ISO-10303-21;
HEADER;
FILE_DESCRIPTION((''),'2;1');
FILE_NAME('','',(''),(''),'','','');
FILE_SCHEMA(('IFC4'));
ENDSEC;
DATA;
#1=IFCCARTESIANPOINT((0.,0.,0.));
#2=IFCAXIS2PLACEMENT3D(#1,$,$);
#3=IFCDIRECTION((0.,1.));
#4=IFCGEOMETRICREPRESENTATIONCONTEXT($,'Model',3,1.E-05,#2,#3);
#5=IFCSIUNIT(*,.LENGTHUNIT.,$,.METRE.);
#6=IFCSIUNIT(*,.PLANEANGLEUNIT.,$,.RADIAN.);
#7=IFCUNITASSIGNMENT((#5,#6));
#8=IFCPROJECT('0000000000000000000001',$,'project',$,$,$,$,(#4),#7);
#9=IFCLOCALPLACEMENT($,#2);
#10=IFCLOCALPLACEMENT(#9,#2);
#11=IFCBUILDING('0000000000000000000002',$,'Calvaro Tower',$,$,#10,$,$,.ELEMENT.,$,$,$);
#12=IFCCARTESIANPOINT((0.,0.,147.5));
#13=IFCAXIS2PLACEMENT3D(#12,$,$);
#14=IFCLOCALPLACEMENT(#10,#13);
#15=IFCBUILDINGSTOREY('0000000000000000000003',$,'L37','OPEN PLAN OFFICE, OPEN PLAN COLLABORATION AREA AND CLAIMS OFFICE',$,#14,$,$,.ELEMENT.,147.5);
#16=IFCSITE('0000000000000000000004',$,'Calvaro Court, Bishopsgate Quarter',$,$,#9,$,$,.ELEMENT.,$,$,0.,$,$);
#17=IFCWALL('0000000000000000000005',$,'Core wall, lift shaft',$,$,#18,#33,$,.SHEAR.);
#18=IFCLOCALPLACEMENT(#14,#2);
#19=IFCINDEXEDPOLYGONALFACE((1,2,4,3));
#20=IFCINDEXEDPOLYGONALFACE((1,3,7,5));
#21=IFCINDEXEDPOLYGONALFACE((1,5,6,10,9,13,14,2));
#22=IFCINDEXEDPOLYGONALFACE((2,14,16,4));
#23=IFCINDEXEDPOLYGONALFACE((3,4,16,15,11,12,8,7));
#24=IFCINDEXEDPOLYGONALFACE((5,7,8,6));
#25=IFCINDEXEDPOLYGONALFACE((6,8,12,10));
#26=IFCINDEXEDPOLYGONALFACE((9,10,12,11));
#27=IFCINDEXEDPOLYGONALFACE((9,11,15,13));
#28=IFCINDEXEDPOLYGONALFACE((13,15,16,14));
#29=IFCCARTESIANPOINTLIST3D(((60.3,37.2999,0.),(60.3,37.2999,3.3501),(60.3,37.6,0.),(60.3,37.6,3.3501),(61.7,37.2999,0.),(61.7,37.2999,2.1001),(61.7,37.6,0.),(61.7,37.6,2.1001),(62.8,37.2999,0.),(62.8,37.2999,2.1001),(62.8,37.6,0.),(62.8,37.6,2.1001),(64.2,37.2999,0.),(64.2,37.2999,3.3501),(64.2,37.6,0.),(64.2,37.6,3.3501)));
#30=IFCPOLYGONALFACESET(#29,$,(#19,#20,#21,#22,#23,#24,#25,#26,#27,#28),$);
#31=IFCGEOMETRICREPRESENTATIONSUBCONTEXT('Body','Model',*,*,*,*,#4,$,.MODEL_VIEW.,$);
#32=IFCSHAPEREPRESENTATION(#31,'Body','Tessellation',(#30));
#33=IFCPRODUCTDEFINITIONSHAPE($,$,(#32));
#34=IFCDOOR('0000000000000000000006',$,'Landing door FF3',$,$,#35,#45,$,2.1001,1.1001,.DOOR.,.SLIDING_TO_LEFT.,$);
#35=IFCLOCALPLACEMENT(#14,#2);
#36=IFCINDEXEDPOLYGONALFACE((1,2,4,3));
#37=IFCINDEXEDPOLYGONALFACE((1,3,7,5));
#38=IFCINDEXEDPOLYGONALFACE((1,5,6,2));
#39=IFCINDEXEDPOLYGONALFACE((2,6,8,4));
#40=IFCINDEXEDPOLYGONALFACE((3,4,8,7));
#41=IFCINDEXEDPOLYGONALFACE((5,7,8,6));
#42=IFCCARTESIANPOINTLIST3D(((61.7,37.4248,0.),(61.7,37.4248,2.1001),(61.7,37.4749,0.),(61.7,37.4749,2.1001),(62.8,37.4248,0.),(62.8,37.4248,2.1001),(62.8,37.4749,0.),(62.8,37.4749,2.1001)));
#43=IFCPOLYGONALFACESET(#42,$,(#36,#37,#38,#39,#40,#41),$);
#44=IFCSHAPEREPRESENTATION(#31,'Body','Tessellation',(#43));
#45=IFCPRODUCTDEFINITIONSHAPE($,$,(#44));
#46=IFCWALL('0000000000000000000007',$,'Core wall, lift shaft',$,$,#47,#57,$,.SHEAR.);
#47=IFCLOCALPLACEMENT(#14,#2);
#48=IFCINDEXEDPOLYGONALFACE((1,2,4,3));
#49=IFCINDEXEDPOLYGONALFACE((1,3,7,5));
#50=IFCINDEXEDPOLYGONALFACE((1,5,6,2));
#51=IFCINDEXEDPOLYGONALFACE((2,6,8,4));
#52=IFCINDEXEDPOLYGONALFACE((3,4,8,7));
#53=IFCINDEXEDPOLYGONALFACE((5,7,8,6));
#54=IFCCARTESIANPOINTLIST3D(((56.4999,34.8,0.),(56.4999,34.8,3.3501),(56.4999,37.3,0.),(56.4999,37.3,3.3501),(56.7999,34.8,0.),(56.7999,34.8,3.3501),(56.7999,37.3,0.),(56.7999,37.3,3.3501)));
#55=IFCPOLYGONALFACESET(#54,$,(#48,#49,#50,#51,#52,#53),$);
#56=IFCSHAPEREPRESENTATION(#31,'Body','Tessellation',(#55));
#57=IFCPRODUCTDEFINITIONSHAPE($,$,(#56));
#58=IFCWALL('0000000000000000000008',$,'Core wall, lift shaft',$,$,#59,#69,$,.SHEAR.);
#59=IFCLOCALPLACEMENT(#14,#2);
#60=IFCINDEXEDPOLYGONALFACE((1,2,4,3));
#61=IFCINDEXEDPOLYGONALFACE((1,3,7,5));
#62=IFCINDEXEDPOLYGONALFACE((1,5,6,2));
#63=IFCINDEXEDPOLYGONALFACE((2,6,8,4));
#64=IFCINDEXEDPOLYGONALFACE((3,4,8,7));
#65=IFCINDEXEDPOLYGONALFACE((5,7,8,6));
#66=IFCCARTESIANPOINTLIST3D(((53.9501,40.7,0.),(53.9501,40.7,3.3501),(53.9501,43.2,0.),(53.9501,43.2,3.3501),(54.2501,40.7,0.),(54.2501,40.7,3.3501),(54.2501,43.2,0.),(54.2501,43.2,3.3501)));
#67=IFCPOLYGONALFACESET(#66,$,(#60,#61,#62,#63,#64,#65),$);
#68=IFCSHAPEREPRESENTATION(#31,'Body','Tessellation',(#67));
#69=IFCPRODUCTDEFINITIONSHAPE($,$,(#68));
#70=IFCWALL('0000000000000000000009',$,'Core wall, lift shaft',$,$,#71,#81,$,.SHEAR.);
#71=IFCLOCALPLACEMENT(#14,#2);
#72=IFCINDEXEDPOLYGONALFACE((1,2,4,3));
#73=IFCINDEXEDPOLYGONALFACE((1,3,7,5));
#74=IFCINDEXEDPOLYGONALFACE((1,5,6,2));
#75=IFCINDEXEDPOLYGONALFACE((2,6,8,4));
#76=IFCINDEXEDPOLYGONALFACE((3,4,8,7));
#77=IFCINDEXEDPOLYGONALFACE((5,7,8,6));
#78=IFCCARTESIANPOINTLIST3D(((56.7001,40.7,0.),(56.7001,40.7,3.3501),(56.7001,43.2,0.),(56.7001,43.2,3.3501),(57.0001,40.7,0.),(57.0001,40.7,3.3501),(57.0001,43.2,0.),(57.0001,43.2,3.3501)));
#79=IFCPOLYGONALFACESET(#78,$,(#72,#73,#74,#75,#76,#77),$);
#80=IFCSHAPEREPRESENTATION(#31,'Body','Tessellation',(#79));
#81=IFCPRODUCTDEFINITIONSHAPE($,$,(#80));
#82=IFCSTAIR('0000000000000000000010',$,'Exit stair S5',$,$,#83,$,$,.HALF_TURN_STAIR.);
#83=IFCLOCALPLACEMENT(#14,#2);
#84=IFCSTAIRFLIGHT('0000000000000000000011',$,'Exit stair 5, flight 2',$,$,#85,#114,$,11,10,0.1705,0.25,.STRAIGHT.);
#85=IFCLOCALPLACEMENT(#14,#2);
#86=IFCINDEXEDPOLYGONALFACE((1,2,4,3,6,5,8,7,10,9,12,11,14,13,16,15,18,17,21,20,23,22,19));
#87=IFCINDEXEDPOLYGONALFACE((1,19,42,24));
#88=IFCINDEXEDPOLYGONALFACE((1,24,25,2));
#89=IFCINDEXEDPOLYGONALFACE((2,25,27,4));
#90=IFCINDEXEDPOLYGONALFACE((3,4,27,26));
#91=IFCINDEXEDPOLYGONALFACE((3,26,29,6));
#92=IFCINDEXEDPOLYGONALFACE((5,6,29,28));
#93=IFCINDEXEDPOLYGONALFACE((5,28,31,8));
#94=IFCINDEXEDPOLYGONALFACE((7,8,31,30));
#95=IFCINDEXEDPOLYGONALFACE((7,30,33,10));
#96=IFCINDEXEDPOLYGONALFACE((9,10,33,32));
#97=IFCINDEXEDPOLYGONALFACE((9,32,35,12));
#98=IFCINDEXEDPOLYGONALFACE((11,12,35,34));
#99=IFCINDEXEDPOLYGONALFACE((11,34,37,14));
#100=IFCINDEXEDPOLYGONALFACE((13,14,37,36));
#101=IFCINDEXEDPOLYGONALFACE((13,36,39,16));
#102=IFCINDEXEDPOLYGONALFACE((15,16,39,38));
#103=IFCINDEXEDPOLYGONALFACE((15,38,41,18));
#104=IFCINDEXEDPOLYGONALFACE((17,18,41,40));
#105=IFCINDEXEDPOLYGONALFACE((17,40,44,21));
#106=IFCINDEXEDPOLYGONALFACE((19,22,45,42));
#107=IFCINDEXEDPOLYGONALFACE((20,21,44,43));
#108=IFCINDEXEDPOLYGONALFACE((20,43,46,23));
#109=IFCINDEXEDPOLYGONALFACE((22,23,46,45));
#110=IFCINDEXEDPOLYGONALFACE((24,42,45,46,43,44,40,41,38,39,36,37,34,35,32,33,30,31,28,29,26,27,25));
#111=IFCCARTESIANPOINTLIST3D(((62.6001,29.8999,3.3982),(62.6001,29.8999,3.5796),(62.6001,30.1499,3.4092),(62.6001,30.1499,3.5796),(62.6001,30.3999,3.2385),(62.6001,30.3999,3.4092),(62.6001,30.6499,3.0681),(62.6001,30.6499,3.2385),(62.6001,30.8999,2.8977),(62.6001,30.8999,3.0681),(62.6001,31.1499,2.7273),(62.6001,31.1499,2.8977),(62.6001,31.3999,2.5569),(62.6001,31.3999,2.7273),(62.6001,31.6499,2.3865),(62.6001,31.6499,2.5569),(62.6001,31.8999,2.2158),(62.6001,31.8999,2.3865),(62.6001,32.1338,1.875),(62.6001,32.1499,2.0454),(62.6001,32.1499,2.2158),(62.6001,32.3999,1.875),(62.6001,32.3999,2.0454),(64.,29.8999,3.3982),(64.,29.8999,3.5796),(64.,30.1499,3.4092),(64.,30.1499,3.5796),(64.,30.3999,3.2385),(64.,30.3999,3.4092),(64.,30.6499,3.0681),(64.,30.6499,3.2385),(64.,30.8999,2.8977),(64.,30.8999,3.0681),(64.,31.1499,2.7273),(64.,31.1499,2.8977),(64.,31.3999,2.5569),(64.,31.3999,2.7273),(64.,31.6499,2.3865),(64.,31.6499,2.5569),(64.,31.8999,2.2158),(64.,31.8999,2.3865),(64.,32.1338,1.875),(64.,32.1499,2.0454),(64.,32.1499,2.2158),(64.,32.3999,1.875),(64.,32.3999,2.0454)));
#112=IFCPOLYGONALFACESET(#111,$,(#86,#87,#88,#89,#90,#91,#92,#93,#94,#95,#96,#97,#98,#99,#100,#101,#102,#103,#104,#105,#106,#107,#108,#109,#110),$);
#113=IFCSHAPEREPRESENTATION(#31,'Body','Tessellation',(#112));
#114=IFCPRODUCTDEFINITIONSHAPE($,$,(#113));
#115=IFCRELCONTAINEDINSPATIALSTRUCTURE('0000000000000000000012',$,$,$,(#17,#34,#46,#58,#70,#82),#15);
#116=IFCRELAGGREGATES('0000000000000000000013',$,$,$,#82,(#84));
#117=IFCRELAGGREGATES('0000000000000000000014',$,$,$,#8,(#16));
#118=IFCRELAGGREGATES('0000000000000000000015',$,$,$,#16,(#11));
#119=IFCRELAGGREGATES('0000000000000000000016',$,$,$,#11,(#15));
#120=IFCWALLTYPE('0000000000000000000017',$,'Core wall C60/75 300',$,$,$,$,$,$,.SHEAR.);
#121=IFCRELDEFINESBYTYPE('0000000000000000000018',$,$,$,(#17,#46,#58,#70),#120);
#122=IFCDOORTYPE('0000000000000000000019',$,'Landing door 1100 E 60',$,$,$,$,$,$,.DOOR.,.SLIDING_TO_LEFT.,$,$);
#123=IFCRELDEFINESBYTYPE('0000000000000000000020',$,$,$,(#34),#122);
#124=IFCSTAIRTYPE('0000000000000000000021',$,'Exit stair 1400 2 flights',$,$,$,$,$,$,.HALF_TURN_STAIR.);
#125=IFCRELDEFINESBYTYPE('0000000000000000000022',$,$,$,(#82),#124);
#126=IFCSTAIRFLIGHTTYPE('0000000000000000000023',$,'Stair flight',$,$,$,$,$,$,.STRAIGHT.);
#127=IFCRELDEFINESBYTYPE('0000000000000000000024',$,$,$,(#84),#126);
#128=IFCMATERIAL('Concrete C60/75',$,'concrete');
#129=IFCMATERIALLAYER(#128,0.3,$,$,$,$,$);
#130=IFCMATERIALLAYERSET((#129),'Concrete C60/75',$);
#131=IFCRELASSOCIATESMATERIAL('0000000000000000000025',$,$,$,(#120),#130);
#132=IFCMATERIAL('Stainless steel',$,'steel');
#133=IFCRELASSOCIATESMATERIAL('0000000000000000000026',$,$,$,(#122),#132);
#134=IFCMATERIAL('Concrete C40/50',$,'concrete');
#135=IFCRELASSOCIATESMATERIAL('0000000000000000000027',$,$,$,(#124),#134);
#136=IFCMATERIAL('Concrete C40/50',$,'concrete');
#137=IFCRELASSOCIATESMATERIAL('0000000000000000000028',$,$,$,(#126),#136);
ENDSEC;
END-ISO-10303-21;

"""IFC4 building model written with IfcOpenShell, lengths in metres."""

from ifc_helpers import new_model, si_unit, direction, frame, frame_2d, origin, place, context, subcontext, project, spatial, polyline, rectangle, outline, extrude, material, layer, layer_set, type_object, element, fill, aggregate, save


model = new_model("IFC4")

# Units and contexts
model_context = context("Model", 3, precision=1e-05, world=origin(), true_north=direction((0.0, 1.0)))
body_context = subcontext(model_context, "Body", "Model", "MODEL_VIEW")
ifc_project = project(units=[si_unit("LENGTHUNIT", "METRE"), si_unit("PLANEANGLEUNIT", "RADIAN")], contexts=[model_context])

# Site, building, storey
site_placement = place(None, origin())
site = spatial("IfcSite", under=ifc_project, at=site_placement, Name="Calvaro Court, Bishopsgate Quarter", CompositionType="ELEMENT", RefElevation=0.0)
building_placement = place(site_placement, origin())
building = spatial("IfcBuilding", under=site, at=building_placement, Name="Calvaro Tower", CompositionType="ELEMENT")
storey_placement = place(building_placement, frame((0.0, 0.0, 147.5)))
storey = spatial("IfcBuildingStorey", under=building, at=storey_placement, Name="L37", Description="OPEN PLAN OFFICE, OPEN PLAN COLLABORATION AREA AND CLAIMS OFFICE", CompositionType="ELEMENT", Elevation=147.5)

# Shared definitions
ifc_material_1 = material(Name="Concrete C60/75", Category="concrete")
ifc_layer_1 = layer(ifc_material_1, 0.3)
ifc_layer_set_1 = layer_set([ifc_layer_1], Name="Concrete C60/75")
wall_type_1 = type_object("IfcWallType", Name="Core wall C60/75 300", PredefinedType="SHEAR", material=ifc_layer_set_1)

# Wall, opening, door
wall_1_placement = place(storey_placement, frame((60.3, 37.45, 0.0), z_axis=(0.0, 0.0, 1.0), x_axis=(1.0, 0.0, 0.0)))
wall_1 = element("IfcWall", 1, at=wall_1_placement, inside=storey, type_object=wall_type_1, Name="Core wall, lift shaft", PredefinedType="SHEAR", context=body_context, shape_type="SweptSolid", body=[
    extrude(rectangle(XDim=3.8999, YDim=0.3, at=frame_2d((1.95, 0.0))), origin(), (0.0, 0.0, 1.0), 3.3501),
])
opening_1_placement = place(wall_1_placement, frame((1.3999, 0.0, 0.0)))
opening_1 = element("IfcOpeningElement", 2, at=opening_1_placement, cuts=wall_1, PredefinedType="OPENING", context=body_context, shape_type="SweptSolid", body=[
    extrude(rectangle(XDim=1.1001, YDim=2.1001, at=frame_2d((0.55, 1.05))), frame((0.0, 0.1599, 0.0), z_axis=(0.0, -1.0, 0.0), x_axis=(1.0, 0.0, 0.0)), (0.0, 0.0, 1.0), 0.3201),
])
ifc_material_2 = material(Name="Stainless steel", Category="steel")
door_type_1 = type_object("IfcDoorType", Name="Landing door 1100 E 60", OperationType="SLIDING_TO_LEFT", PredefinedType="DOOR", material=ifc_material_2)
door_1_placement = place(opening_1_placement, origin())
door_1 = element("IfcDoor", 3, at=door_1_placement, inside=storey, type_object=door_type_1, Name="Landing door FF3", OperationType="SLIDING_TO_LEFT", OverallHeight=2.1001, OverallWidth=1.1001, PredefinedType="DOOR", context=body_context, shape_type="SweptSolid", body=[
    extrude(rectangle(XDim=1.1001, YDim=2.1001, at=frame_2d((0.55, 1.05))), frame((0.0, 0.0249, 0.0), z_axis=(0.0, -1.0, 0.0), x_axis=(1.0, 0.0, 0.0)), (0.0, 0.0, 1.0), 0.05),
])
fill(opening_1, door_1)

# Walls
for number, where, z_axis, x_axis, name in (
    (4, (56.6499, 34.8, 0.0), (0.0, 0.0, 1.0), (0.0, 1.0, 0.0), "Core wall, lift shaft"),
    (5, (54.1001, 40.7, 0.0), (0.0, 0.0, 1.0), (0.0, 1.0, 0.0), "Core wall, lift shaft"),
    (6, (56.8501, 40.7, 0.0), (0.0, 0.0, 1.0), (0.0, 1.0, 0.0), "Core wall, lift shaft"),
):
    element("IfcWall", number, at=place(storey_placement, frame(where, z_axis=z_axis, x_axis=x_axis)), inside=storey, type_object=wall_type_1, Name=name, PredefinedType="SHEAR", context=body_context, shape_type="SweptSolid", body=[
        extrude(rectangle(XDim=2.5, YDim=0.3, at=frame_2d((1.25, 0.0))), origin(), (0.0, 0.0, 1.0), 3.3501),
    ])

# Stair, stair flight
ifc_material_3 = material(Name="Concrete C40/50", Category="concrete")
stair_type = type_object("IfcStairType", Name="Exit stair 1400 2 flights", PredefinedType="HALF_TURN_STAIR", material=ifc_material_3)
stair_1_placement = place(storey_placement, origin())
stair_1 = element("IfcStair", 7, at=stair_1_placement, inside=storey, type_object=stair_type, Name="Exit stair S5", PredefinedType="HALF_TURN_STAIR")
ifc_material_4 = material(Name="Concrete C40/50", Category="concrete")
stair_flight_type = type_object("IfcStairFlightType", Name="Stair flight", PredefinedType="STRAIGHT", material=ifc_material_4)
stair_flight_placement = place(storey_placement, frame((63.3, 32.3999, 1.875), z_axis=(0.0, 0.0, 1.0), x_axis=(0.0, -1.0, 0.0)))
stair_flight = element("IfcStairFlight", 8, at=stair_flight_placement, type_object=stair_flight_type, Name="Exit stair 5, flight 2", NumberOfRisers=11, NumberOfTreads=10, PredefinedType="STRAIGHT", RiserHeight=0.1705, TreadLength=0.25, context=body_context, shape_type="SweptSolid", body=[
    extrude(outline(polyline([(0.0, 0.0), (0.0, 0.1704), (0.25, 0.1704), (0.25, 0.3408), (0.5, 0.3408), (0.5, 0.5115), (0.75, 0.5115), (0.75, 0.6819), (1.0, 0.6819), (1.0, 0.8523), (1.25, 0.8523), (1.25, 1.0227), (1.5, 1.0227), (1.5, 1.1931), (1.75, 1.1931), (1.75, 1.3635), (2.0, 1.3635), (2.0, 1.5342), (2.25, 1.5342), (2.25, 1.7046), (2.5, 1.7046), (2.5, 1.875), (2.5, 1.5232), (0.2661, 0.0), (0.0, 0.0)])), frame((0.0, 0.7, 0.0), z_axis=(0.0, -1.0, 0.0), x_axis=(1.0, 0.0, 0.0)), (0.0, 0.0, 1.0), 1.3999),
])

aggregate(stair_1, [stair_flight])

save(model, "model.ifc")
